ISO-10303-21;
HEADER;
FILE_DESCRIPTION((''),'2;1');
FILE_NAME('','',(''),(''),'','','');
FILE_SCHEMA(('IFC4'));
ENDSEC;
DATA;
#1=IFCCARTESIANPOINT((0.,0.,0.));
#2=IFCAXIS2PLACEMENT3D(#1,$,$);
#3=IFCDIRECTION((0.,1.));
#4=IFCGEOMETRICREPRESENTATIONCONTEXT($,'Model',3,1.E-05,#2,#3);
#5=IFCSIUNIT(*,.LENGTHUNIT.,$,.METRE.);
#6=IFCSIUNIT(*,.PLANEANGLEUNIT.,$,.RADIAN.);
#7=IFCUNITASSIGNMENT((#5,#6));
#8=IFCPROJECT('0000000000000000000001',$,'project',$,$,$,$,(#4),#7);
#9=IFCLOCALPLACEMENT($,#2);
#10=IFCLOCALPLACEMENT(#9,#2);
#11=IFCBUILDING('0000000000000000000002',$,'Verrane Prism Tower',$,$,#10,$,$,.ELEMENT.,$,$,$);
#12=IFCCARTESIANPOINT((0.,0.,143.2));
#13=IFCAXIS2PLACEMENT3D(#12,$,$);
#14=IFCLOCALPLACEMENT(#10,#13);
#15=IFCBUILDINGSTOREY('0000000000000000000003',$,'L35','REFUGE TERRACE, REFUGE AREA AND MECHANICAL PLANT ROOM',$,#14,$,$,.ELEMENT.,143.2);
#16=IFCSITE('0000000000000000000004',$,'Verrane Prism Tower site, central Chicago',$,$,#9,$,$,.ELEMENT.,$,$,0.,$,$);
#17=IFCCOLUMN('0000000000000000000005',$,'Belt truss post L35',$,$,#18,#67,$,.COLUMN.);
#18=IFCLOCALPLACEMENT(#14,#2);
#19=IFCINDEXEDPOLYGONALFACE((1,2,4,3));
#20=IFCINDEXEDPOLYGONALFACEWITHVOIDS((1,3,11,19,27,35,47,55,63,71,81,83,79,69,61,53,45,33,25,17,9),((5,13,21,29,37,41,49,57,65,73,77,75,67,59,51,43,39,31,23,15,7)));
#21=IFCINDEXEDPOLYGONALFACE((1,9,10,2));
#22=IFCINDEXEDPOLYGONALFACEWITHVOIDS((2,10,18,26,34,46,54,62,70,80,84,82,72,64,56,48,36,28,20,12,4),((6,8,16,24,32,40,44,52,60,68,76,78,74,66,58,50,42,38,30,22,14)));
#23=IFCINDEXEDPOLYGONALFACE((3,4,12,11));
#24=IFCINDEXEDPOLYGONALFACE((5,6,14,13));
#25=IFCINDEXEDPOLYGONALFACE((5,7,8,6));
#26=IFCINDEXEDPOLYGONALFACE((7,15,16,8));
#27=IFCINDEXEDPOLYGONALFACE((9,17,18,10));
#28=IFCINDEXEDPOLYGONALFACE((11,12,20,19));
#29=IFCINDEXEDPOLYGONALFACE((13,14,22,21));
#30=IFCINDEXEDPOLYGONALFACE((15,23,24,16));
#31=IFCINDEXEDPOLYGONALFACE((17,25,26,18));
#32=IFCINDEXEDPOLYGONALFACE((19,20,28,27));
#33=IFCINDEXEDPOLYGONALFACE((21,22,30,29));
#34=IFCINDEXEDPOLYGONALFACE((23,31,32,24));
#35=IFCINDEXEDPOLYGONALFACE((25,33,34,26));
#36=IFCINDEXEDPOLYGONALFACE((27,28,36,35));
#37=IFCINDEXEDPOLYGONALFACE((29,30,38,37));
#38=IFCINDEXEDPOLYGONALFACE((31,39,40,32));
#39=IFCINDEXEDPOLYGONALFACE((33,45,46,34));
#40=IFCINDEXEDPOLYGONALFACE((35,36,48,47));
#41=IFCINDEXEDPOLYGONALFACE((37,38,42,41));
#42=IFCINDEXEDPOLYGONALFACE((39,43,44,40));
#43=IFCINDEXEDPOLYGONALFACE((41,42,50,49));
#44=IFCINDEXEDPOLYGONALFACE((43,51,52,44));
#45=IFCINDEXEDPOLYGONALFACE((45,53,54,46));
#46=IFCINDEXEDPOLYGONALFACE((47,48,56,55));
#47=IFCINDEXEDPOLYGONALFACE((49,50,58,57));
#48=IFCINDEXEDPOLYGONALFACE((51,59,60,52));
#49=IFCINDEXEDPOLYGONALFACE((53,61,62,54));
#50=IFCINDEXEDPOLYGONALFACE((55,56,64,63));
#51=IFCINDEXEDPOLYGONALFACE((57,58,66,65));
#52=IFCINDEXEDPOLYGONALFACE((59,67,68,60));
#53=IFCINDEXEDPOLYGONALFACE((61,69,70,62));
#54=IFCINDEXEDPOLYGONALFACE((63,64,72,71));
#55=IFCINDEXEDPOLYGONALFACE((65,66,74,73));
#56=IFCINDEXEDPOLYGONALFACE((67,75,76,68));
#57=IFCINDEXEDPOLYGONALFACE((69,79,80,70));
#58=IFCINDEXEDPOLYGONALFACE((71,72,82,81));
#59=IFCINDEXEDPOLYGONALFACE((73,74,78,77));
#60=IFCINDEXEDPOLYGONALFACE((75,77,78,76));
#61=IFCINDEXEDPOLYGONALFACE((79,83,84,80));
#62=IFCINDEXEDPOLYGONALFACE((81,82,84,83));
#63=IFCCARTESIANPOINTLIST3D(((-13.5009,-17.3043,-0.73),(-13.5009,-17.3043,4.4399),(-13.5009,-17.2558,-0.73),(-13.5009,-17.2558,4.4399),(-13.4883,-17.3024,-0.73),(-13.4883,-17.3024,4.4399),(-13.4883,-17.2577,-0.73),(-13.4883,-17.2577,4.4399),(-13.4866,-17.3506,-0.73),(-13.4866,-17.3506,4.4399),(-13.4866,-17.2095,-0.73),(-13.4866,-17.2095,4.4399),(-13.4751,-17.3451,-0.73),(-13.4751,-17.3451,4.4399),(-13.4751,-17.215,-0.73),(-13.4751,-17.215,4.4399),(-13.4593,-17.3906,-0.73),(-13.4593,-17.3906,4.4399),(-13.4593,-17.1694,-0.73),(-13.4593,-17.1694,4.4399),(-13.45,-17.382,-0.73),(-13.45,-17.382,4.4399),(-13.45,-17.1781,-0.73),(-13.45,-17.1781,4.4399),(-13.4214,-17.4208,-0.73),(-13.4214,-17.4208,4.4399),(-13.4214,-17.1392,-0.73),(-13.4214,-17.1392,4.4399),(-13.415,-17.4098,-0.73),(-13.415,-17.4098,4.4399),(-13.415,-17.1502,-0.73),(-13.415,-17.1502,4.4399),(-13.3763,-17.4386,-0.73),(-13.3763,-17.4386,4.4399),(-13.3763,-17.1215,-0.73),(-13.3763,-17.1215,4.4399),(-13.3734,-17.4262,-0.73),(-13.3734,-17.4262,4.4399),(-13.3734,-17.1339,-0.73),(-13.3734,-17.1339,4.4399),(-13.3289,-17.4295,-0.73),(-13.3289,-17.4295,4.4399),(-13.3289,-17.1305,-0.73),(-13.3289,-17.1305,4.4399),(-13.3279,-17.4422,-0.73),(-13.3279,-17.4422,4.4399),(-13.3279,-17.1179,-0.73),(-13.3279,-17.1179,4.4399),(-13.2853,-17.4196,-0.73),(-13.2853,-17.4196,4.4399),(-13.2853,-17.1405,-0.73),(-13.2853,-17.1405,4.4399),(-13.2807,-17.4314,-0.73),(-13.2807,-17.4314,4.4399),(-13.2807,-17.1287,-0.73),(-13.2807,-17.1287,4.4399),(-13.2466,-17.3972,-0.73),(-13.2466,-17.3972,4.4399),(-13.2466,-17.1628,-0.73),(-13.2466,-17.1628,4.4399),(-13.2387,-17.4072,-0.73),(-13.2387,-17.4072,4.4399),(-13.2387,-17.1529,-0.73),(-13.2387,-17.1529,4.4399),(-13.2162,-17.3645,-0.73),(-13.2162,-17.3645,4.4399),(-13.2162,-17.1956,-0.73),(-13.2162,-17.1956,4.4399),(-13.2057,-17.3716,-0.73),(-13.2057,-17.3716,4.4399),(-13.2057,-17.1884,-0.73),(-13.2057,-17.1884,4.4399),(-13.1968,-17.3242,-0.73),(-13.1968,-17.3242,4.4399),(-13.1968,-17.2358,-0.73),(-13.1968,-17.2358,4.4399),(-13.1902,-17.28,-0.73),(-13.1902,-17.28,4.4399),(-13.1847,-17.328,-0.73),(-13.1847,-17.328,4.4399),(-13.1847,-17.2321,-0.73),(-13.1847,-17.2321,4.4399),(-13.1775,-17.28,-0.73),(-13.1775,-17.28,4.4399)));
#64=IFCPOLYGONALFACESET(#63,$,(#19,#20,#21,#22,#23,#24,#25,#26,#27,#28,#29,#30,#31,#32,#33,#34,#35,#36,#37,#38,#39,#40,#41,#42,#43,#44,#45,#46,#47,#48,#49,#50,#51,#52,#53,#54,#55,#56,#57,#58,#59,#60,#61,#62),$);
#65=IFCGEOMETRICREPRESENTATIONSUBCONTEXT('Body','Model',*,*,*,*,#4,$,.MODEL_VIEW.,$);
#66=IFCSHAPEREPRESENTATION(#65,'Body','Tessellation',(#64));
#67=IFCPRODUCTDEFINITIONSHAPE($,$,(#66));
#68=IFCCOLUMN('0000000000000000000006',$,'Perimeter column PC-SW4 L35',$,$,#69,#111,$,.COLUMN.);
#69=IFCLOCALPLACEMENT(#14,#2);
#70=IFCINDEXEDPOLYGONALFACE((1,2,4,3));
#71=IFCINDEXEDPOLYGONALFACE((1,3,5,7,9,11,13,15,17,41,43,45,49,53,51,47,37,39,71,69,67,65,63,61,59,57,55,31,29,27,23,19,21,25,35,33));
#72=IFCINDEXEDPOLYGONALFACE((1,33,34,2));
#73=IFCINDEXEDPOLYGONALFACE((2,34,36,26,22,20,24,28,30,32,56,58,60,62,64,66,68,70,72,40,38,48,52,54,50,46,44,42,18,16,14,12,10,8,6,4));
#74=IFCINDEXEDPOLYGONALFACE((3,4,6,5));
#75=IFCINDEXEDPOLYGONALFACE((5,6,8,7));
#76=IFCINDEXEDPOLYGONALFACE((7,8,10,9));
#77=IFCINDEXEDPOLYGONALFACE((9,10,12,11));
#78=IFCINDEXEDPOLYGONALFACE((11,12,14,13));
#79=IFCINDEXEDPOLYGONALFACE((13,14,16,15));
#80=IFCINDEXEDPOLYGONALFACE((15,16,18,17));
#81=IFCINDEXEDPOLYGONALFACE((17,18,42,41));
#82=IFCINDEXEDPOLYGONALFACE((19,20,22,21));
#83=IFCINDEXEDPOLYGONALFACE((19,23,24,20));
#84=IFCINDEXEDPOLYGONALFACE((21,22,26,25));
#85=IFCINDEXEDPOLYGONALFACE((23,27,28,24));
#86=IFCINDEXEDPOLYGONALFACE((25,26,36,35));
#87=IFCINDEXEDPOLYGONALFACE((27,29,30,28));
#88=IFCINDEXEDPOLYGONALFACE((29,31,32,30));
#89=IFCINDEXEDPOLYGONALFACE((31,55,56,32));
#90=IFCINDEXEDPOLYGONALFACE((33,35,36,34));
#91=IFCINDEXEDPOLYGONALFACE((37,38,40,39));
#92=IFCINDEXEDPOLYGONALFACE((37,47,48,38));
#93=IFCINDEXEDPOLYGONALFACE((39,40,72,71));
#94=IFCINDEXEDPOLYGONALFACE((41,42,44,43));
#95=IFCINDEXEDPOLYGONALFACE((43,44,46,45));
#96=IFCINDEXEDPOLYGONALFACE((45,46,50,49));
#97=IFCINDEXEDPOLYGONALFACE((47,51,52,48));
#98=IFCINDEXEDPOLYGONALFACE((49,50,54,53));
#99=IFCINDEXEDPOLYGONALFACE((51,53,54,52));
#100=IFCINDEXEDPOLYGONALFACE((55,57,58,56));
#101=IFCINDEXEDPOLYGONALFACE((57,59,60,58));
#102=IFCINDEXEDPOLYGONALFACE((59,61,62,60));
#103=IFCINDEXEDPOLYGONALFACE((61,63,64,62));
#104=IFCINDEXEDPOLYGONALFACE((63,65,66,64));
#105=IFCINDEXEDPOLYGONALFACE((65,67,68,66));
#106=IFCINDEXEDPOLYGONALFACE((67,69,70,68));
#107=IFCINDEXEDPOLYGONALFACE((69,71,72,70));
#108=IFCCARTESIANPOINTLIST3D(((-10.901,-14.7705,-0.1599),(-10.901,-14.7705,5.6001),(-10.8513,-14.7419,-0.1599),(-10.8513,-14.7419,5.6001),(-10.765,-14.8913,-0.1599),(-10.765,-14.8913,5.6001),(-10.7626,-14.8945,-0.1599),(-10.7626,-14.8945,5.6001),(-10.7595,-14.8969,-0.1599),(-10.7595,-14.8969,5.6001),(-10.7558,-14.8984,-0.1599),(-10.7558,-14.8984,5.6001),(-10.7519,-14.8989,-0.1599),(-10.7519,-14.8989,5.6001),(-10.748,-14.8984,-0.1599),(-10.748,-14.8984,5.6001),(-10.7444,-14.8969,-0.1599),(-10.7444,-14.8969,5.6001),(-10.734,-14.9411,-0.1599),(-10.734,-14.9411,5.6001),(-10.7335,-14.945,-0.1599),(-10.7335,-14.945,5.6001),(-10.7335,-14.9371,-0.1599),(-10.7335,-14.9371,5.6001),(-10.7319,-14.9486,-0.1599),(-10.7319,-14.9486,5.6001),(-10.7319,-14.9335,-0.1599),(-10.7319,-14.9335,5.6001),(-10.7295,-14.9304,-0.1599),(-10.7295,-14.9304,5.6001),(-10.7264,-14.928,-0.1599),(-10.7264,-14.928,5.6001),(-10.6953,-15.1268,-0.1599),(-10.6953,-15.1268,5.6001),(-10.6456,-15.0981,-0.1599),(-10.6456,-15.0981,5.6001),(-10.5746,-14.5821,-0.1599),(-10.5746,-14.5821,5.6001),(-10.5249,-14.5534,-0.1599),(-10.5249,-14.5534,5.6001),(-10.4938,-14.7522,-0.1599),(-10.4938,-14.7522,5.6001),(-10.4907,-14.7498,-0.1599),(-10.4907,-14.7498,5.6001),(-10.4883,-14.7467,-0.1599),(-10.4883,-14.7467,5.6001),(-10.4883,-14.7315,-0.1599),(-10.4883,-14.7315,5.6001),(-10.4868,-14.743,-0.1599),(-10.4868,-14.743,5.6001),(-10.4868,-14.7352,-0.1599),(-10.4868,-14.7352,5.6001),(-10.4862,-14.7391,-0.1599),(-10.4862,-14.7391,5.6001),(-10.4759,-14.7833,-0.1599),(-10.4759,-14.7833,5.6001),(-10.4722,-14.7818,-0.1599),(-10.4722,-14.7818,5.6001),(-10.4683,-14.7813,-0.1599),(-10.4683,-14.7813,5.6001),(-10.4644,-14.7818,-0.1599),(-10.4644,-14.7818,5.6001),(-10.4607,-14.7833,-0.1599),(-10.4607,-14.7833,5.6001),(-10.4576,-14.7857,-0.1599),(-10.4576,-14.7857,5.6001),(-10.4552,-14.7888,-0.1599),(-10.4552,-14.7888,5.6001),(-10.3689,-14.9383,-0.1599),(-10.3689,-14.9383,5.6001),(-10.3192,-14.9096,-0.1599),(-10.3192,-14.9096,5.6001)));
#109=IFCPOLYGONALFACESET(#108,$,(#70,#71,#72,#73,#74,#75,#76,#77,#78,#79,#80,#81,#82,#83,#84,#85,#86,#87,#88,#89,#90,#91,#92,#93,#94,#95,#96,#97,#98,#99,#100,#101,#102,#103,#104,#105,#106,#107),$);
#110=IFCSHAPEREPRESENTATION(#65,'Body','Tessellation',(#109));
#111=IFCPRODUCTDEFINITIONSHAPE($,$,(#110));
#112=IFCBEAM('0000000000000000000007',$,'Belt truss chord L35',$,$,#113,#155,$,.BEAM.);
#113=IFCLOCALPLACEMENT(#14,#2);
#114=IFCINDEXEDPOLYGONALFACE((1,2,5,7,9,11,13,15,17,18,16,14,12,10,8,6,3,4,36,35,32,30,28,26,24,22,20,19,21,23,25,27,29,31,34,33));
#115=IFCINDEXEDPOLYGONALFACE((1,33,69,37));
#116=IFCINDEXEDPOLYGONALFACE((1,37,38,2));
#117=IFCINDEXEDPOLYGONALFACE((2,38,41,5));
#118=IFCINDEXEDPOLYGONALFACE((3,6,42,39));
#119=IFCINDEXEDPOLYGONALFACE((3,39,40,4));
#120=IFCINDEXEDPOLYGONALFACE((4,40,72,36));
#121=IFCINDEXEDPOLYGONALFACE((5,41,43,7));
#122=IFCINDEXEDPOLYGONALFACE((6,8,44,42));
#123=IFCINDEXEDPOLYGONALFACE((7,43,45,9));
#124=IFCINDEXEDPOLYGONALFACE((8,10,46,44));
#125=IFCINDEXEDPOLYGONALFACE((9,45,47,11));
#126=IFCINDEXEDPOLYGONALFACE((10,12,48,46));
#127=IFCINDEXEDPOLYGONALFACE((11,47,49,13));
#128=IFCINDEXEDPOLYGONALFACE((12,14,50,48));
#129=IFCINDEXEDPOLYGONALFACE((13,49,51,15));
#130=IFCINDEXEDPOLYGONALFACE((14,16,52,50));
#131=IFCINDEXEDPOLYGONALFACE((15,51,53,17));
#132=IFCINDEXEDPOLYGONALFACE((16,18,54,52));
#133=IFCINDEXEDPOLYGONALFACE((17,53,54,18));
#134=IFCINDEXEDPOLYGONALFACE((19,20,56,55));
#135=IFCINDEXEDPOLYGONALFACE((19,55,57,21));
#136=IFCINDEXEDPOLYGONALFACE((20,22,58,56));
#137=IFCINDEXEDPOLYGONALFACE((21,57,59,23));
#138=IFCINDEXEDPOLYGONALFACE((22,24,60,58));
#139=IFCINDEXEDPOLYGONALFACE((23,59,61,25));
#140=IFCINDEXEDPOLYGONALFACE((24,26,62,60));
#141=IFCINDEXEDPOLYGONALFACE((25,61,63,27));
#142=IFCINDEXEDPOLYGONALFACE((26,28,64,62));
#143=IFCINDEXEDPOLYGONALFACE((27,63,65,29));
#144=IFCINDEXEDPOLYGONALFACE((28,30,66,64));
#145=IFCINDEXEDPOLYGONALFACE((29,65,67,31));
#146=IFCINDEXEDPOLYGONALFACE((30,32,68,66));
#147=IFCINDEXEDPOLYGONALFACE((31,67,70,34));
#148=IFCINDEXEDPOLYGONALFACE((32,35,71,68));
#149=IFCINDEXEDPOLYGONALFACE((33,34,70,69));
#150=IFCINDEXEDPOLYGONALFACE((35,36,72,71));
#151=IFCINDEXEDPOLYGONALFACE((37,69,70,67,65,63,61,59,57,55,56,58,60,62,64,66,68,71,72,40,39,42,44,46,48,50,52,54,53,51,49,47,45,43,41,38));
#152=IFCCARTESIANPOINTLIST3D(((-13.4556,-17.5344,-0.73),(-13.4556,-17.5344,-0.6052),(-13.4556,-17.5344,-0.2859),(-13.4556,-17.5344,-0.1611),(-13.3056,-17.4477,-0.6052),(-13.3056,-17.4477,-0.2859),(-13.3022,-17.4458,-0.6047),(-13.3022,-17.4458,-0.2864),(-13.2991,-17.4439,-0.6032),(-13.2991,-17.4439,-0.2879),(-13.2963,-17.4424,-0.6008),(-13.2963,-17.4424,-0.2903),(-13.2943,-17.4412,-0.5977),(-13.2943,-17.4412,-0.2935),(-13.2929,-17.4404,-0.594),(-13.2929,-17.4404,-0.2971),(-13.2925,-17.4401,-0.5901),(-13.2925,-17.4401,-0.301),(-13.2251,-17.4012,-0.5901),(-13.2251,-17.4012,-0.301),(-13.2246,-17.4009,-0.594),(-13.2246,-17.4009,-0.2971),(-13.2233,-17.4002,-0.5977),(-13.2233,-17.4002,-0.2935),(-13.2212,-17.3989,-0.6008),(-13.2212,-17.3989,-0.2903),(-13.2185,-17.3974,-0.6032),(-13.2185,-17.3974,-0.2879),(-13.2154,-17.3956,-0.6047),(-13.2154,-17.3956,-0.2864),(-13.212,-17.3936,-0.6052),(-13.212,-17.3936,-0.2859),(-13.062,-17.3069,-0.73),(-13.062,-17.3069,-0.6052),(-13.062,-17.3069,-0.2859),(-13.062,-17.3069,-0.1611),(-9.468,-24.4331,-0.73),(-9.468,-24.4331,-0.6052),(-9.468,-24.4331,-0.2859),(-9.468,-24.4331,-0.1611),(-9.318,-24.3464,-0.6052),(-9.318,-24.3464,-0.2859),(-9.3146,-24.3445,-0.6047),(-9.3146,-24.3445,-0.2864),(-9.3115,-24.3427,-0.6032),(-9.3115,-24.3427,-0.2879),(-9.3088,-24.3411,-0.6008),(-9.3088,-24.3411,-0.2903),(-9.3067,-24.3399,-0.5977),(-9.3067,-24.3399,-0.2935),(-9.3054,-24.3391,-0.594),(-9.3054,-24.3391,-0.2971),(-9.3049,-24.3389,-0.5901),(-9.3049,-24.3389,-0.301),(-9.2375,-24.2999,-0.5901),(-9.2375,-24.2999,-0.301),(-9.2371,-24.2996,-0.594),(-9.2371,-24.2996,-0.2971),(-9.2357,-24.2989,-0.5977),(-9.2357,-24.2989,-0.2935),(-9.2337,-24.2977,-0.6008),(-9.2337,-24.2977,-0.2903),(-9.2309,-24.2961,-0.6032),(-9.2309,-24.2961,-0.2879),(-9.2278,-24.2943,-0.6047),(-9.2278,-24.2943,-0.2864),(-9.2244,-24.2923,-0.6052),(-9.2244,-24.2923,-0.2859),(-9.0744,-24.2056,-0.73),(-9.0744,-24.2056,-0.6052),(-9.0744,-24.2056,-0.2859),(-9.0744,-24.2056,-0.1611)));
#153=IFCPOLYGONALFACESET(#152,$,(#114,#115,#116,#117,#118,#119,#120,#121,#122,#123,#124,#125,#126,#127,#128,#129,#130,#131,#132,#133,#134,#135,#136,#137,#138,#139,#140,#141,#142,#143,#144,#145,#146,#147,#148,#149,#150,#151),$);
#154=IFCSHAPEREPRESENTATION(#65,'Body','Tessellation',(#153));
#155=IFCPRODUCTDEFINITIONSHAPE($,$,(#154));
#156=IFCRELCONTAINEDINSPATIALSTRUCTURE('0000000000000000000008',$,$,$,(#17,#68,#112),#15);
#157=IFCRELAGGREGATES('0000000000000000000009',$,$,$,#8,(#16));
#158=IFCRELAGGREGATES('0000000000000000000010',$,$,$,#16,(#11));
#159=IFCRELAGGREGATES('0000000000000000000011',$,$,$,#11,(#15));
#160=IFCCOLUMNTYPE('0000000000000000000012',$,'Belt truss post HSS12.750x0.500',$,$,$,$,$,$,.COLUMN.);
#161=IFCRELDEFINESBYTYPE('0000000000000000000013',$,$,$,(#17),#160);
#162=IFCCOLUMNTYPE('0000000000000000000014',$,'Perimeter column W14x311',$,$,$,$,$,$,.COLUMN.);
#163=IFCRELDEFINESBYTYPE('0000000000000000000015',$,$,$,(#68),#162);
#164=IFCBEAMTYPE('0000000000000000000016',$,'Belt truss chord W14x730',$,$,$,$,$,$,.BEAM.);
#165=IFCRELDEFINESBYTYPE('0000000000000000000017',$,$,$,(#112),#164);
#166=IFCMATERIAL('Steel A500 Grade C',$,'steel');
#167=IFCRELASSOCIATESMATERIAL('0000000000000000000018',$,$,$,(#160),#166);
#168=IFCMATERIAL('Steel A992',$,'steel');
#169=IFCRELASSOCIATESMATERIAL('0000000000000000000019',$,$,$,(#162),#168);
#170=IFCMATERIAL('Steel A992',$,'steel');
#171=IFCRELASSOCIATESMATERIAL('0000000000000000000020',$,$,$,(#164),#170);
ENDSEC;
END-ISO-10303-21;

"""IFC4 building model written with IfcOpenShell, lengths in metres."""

from ifc_helpers import new_model, si_unit, direction, frame, origin, origin_2d, place, context, subcontext, project, spatial, hollow_circle, i_section, extrude, material, material_profile, profile_set, type_object, element, save


model = new_model("IFC4")

# Units and contexts
model_context = context("Model", 3, precision=1e-05, world=origin(), true_north=direction((0.0, 1.0)))
body_context = subcontext(model_context, "Body", "Model", "MODEL_VIEW")
ifc_project = project(units=[si_unit("LENGTHUNIT", "METRE"), si_unit("PLANEANGLEUNIT", "RADIAN")], contexts=[model_context])

# Site, building, storey
site_placement = place(None, origin())
site = spatial("IfcSite", under=ifc_project, at=site_placement, Name="Verrane Prism Tower site, central Chicago", CompositionType="ELEMENT", RefElevation=0.0)
building_placement = place(site_placement, origin())
building = spatial("IfcBuilding", under=site, at=building_placement, Name="Verrane Prism Tower", CompositionType="ELEMENT")
storey_placement = place(building_placement, frame((0.0, 0.0, 143.2)))
storey = spatial("IfcBuildingStorey", under=building, at=storey_placement, Name="L35", Description="REFUGE TERRACE, REFUGE AREA AND MECHANICAL PLANT ROOM", CompositionType="ELEMENT", Elevation=143.2)

# Columns
ifc_material_1 = material(Name="Steel A500 Grade C", Category="steel")
ifc_material_profile_1 = material_profile(ifc_material_1, hollow_circle(Radius=0.1626, WallThickness=0.0127, at=origin_2d()), Name="HSS12.750x0.500")
ifc_profile_set_1 = profile_set([ifc_material_profile_1], Name="Steel A500 Grade C")
column_type_1 = type_object("IfcColumnType", Name="Belt truss post HSS12.750x0.500", PredefinedType="COLUMN", material=ifc_profile_set_1)
column_1_placement = place(storey_placement, frame((-13.3401, -17.28, -0.73), z_axis=(0.0, 0.0, 1.0), x_axis=(-0.5, 0.866025, 0.0)))
element("IfcColumn", 1, at=column_1_placement, inside=storey, type_object=column_type_1, Name="Belt truss post L35", PredefinedType="COLUMN", context=body_context, shape_type="SweptSolid", body=[
    extrude(hollow_circle(Radius=0.1626, WallThickness=0.0127, at=origin_2d()), origin(), (0.0, 0.0, 1.0), 5.1699),
])
ifc_material_2 = material(Name="Steel A992", Category="steel")
ifc_material_profile_2 = material_profile(ifc_material_2, i_section(OverallWidth=0.4114, OverallDepth=0.4343, WebThickness=0.0359, FlangeThickness=0.0574, FilletRadius=0.0151, at=origin_2d()), Name="W14x311")
ifc_profile_set_2 = profile_set([ifc_material_profile_2], Name="Steel A992")
column_type_2 = type_object("IfcColumnType", Name="Perimeter column W14x311", PredefinedType="COLUMN", material=ifc_profile_set_2)
column_2_placement = place(storey_placement, frame((-10.6101, -14.8401, -0.1599), z_axis=(0.0, 0.0, 1.0), x_axis=(-0.5, 0.866025, 0.0)))
element("IfcColumn", 2, at=column_2_placement, inside=storey, type_object=column_type_2, Name="Perimeter column PC-SW4 L35", PredefinedType="COLUMN", context=body_context, shape_type="SweptSolid", body=[
    extrude(i_section(OverallWidth=0.4114, OverallDepth=0.4343, WebThickness=0.0359, FlangeThickness=0.0574, FilletRadius=0.0151, at=origin_2d()), origin(), (0.0, 0.0, 1.0), 5.76),
])

# Beam
ifc_material_3 = material(Name="Steel A992", Category="steel")
ifc_material_profile_3 = material_profile(ifc_material_3, i_section(OverallWidth=0.4546, OverallDepth=0.5688, WebThickness=0.0779, FlangeThickness=0.1248, FilletRadius=0.0151, at=origin_2d()), Name="W14x730")
ifc_profile_set_3 = profile_set([ifc_material_profile_3], Name="Steel A992")
beam_type_1 = type_object("IfcBeamType", Name="Belt truss chord W14x730", PredefinedType="BEAM", material=ifc_profile_set_3)
beam_1_placement = place(storey_placement, frame((-13.2588, -17.4207, -0.4456), z_axis=(0.500432, -0.865776, 0.0), x_axis=(0.865776, 0.500432, 0.0)))
element("IfcBeam", 3, at=beam_1_placement, inside=storey, type_object=beam_type_1, Name="Belt truss chord L35", PredefinedType="BEAM", context=body_context, shape_type="SweptSolid", body=[
    extrude(i_section(OverallWidth=0.4546, OverallDepth=0.5688, WebThickness=0.0779, FlangeThickness=0.1248, FilletRadius=0.0151, at=origin_2d()), origin(), (0.0, 0.0, 1.0), 7.9683),
])

save(model, "model.ifc")
